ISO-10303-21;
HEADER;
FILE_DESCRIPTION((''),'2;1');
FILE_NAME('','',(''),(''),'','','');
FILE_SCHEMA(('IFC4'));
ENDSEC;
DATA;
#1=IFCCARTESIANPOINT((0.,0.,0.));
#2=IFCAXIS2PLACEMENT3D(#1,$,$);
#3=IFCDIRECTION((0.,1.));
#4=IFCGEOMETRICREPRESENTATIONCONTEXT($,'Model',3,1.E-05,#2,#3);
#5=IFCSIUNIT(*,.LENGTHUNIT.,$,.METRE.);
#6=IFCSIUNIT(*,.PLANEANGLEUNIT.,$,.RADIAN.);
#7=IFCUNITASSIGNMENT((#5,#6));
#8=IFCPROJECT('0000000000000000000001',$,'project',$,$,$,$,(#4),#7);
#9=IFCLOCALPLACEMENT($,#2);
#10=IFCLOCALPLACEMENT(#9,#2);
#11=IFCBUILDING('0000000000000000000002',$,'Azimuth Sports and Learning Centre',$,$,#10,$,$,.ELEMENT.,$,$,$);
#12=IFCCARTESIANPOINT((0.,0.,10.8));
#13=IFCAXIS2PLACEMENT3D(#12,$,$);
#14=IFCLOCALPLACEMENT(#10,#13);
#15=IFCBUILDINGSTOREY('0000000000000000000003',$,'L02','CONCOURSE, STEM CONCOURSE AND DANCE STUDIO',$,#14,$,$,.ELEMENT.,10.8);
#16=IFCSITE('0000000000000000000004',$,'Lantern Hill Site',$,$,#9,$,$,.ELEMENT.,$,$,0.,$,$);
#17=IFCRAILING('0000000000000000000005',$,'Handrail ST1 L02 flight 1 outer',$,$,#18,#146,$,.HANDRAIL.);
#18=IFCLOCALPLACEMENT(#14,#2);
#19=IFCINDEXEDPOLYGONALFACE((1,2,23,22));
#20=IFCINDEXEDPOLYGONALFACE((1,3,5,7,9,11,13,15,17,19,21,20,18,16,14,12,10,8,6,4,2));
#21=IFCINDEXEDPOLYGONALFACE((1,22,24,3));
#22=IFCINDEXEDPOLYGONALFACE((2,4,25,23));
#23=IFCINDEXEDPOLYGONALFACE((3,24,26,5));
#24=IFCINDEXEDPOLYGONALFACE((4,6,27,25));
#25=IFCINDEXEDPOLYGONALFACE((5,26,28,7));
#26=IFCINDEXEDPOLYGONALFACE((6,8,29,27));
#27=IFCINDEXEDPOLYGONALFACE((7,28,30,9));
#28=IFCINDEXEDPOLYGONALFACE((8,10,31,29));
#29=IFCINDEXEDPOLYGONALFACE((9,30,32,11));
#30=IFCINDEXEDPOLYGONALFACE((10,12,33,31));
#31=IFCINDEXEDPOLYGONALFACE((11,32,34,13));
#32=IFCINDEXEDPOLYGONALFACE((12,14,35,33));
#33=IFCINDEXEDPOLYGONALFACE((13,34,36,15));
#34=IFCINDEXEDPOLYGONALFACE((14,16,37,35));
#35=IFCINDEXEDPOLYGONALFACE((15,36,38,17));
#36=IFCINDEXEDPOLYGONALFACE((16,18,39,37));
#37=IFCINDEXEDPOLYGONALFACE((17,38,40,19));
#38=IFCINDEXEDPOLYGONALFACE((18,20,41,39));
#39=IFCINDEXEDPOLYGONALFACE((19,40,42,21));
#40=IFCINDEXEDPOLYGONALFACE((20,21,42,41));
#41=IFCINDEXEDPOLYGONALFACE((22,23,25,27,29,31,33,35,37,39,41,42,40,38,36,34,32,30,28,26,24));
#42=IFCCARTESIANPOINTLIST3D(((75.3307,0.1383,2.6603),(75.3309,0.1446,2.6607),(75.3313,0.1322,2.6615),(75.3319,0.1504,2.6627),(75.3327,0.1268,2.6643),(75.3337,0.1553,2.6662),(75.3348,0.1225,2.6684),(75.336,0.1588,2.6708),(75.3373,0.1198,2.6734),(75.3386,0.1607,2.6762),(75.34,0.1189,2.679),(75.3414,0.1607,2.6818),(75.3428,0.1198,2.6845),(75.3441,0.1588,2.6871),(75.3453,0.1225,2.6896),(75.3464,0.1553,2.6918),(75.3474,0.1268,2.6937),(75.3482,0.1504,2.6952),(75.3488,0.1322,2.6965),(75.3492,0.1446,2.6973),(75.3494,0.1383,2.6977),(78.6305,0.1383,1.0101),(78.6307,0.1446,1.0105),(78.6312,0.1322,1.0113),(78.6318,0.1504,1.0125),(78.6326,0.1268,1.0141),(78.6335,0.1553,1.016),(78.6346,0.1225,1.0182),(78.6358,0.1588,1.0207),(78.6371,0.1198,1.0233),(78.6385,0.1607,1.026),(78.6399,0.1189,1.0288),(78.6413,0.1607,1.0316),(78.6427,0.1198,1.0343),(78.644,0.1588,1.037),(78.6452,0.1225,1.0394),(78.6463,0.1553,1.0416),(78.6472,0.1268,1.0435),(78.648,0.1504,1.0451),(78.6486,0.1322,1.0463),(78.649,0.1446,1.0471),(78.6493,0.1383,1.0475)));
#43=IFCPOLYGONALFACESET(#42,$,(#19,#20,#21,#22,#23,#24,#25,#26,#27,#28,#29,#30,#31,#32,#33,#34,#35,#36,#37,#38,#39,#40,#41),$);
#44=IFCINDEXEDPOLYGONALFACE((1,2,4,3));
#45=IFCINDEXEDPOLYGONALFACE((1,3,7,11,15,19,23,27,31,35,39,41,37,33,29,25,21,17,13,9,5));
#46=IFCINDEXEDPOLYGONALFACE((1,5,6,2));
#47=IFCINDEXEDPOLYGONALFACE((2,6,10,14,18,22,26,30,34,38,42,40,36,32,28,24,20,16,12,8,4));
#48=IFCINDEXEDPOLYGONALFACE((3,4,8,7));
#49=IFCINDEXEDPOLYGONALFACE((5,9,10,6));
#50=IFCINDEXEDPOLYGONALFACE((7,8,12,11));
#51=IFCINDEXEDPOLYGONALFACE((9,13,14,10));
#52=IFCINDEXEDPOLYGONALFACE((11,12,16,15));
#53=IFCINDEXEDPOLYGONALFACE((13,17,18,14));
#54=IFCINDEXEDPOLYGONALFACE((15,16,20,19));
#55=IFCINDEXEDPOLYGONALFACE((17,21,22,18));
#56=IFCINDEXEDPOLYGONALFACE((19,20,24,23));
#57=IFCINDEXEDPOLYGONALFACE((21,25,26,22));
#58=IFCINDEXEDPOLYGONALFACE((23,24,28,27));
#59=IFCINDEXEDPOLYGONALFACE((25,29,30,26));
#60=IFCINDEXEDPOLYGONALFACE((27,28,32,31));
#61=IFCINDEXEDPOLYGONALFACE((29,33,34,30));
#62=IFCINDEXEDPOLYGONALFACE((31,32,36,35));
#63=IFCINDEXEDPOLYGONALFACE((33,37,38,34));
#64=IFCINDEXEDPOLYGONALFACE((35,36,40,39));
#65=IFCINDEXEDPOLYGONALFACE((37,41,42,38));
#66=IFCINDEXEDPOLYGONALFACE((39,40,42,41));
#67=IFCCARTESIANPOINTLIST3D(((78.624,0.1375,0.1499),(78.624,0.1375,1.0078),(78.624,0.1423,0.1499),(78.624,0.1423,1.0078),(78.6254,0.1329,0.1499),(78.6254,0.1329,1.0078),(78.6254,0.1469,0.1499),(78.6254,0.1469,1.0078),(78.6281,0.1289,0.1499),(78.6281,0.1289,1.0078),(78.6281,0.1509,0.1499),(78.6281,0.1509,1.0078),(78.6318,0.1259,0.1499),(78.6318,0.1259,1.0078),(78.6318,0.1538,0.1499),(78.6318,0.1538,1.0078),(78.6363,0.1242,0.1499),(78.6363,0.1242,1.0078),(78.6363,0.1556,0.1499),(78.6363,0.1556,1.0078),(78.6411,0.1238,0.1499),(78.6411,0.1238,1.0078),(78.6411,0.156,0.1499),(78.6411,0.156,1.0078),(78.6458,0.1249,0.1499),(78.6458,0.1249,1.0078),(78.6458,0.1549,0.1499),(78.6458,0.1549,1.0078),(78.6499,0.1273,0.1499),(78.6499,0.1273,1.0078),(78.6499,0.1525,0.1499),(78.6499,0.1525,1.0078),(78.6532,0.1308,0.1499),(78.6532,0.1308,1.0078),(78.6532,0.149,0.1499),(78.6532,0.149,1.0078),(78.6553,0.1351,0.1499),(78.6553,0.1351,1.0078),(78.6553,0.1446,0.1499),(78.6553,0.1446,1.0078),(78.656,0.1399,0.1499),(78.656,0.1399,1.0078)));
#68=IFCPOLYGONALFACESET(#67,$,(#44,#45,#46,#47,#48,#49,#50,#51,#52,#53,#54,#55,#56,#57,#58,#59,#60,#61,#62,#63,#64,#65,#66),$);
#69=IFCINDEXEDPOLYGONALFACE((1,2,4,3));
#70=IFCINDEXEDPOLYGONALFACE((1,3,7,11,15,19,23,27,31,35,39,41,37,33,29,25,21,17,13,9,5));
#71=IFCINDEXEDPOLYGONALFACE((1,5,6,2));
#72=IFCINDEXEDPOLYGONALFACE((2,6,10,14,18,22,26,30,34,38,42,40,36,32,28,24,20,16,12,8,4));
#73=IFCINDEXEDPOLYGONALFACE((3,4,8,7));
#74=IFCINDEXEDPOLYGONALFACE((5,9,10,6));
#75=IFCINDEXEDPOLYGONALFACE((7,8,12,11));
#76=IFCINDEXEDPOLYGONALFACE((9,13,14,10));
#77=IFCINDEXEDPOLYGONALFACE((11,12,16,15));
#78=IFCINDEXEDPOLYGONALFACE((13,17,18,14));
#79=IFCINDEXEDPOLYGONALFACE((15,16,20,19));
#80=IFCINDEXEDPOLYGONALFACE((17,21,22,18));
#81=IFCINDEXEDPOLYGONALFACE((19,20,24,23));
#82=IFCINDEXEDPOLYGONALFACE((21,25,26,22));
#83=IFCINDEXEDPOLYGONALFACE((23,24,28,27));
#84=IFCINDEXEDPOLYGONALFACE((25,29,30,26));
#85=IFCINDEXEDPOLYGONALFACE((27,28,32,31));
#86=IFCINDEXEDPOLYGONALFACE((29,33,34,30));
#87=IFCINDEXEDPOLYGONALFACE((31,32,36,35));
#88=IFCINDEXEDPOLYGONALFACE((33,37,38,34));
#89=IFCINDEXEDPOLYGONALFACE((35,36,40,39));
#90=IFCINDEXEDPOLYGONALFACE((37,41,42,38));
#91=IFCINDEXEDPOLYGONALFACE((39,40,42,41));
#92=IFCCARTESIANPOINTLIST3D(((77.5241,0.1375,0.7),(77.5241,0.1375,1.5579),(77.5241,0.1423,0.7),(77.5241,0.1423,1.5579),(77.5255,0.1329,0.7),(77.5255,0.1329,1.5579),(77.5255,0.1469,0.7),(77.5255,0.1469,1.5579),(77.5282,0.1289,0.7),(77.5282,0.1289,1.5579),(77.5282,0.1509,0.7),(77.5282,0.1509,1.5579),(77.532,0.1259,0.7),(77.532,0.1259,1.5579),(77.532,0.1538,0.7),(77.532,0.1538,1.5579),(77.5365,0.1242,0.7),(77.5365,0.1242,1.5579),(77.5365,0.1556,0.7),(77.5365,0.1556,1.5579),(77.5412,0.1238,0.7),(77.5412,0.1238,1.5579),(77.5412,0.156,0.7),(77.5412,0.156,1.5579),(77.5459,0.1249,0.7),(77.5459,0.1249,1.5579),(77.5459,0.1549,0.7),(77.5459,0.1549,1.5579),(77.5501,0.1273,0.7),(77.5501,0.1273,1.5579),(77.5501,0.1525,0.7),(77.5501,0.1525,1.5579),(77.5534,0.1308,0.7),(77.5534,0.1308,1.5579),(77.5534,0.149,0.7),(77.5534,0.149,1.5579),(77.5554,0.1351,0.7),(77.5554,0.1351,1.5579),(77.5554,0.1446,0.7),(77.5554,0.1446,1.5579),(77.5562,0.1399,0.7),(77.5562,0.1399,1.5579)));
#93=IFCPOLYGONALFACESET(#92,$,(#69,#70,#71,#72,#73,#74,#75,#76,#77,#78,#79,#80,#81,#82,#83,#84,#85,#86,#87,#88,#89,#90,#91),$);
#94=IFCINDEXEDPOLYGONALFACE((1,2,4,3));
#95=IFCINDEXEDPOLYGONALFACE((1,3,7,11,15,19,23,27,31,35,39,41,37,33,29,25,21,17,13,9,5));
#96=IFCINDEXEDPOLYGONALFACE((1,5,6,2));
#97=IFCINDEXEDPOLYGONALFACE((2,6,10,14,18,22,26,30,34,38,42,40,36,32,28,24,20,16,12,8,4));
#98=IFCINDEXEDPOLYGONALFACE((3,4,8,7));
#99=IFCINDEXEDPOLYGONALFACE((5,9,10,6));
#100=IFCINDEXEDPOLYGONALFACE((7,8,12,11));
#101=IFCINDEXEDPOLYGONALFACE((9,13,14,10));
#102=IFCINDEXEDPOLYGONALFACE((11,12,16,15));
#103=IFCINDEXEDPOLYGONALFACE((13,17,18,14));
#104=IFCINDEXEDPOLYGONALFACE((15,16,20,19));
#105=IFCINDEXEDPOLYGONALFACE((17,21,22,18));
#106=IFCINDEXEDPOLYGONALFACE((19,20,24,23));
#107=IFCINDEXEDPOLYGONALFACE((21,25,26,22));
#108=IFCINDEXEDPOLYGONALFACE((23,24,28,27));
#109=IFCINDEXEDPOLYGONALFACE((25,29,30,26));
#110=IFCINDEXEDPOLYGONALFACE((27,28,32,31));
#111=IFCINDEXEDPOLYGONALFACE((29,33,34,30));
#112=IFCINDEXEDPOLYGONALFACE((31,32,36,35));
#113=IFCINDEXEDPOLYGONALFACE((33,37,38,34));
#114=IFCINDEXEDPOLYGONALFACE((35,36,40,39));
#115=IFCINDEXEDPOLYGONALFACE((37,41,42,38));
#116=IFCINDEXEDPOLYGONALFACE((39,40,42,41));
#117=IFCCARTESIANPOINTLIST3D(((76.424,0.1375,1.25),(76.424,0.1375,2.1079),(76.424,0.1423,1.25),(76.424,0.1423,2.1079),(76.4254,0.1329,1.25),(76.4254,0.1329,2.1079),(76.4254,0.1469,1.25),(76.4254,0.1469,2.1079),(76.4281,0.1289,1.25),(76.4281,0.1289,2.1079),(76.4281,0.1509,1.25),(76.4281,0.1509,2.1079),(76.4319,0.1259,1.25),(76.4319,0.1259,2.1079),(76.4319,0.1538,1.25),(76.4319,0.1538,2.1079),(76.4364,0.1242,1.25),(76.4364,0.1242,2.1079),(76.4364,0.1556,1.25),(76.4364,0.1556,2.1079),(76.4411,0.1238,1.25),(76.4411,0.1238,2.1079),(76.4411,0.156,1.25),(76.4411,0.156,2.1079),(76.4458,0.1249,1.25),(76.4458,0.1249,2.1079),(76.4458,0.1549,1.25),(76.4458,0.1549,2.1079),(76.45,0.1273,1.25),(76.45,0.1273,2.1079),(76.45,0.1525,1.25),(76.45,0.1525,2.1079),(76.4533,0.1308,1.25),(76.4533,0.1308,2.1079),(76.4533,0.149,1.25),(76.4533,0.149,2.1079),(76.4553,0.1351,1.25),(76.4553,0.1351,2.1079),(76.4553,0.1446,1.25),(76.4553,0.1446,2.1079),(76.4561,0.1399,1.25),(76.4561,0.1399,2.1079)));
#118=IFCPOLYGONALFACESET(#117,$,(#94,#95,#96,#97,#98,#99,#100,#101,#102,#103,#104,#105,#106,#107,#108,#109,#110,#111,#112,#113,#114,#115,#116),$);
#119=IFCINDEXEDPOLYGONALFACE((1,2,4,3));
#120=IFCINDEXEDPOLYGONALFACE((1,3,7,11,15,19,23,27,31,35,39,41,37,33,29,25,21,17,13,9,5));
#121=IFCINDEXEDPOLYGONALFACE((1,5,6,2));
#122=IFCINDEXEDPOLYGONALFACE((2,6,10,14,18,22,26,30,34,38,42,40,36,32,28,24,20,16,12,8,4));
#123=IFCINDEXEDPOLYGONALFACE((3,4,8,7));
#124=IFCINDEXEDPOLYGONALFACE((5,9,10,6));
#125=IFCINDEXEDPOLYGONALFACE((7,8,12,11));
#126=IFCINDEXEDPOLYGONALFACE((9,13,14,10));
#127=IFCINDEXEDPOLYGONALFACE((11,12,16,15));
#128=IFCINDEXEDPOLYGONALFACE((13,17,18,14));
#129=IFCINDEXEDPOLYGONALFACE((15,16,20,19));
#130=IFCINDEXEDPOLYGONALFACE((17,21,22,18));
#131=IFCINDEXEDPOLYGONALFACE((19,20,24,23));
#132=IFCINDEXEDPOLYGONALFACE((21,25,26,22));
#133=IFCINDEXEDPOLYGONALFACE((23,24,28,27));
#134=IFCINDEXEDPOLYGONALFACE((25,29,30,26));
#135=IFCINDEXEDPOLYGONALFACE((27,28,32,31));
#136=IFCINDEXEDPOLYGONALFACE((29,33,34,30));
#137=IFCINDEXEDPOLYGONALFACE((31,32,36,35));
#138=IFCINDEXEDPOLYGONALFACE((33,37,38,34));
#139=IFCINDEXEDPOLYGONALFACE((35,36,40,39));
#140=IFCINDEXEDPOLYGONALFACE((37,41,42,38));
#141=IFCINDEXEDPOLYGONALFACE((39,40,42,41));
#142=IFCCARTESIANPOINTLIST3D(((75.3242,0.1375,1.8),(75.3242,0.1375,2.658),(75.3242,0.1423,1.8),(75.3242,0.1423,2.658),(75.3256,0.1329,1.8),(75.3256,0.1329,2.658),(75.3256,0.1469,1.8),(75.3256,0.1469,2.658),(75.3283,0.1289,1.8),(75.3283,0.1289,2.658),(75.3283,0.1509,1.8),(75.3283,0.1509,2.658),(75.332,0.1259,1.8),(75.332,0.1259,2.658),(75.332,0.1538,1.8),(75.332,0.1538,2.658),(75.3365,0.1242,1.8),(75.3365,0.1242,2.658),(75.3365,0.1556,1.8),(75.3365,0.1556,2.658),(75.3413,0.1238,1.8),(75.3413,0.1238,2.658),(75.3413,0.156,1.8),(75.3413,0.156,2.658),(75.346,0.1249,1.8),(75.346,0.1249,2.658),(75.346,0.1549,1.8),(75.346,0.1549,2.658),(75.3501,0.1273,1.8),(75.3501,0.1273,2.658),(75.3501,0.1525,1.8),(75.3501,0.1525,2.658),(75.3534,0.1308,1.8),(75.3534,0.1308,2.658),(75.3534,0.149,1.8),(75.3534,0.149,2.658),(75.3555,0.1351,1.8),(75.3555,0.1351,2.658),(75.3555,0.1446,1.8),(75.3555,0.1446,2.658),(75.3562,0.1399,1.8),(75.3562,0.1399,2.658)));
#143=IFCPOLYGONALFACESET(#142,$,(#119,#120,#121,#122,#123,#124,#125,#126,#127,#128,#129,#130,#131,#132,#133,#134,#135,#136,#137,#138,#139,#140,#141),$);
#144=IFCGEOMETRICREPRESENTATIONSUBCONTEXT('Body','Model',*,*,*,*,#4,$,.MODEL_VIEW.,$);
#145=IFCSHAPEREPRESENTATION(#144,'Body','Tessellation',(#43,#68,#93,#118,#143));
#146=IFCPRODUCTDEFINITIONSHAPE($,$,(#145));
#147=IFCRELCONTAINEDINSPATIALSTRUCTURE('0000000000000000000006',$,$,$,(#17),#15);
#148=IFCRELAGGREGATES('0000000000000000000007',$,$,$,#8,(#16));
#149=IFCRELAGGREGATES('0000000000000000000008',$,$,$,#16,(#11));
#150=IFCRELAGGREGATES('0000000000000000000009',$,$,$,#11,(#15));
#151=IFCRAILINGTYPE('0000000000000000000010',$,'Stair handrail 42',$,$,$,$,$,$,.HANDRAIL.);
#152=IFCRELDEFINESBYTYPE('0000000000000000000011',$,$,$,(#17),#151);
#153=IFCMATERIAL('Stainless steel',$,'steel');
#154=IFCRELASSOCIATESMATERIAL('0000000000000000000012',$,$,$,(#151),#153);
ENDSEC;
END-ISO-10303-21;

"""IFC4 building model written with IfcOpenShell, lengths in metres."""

from ifc_helpers import new_model, si_unit, direction, frame, origin, origin_2d, place, context, subcontext, project, spatial, circle, extrude, material, type_object, element, save


model = new_model("IFC4")

# Units and contexts
model_context = context("Model", 3, precision=1e-05, world=origin(), true_north=direction((0.0, 1.0)))
body_context = subcontext(model_context, "Body", "Model", "MODEL_VIEW")
ifc_project = project(units=[si_unit("LENGTHUNIT", "METRE"), si_unit("PLANEANGLEUNIT", "RADIAN")], contexts=[model_context])

# Site, building, storey
site_placement = place(None, origin())
site = spatial("IfcSite", under=ifc_project, at=site_placement, Name="Lantern Hill Site", CompositionType="ELEMENT", RefElevation=0.0)
building_placement = place(site_placement, origin())
building = spatial("IfcBuilding", under=site, at=building_placement, Name="Azimuth Sports and Learning Centre", CompositionType="ELEMENT")
storey_placement = place(building_placement, frame((0.0, 0.0, 10.8)))
storey = spatial("IfcBuildingStorey", under=building, at=storey_placement, Name="L02", Description="CONCOURSE, STEM CONCOURSE AND DANCE STUDIO", CompositionType="ELEMENT", Elevation=10.8)

# Railing
ifc_material_1 = material(Name="Stainless steel", Category="steel")
railing_type_1 = type_object("IfcRailingType", Name="Stair handrail 42", PredefinedType="HANDRAIL", material=ifc_material_1)
for number, where, name in (
    (1, (78.6399, 0.1399, 0.1499), "Handrail ST1 L02 flight 1 outer"),
):
    element("IfcRailing", number, at=place(storey_placement, frame(where)), inside=storey, type_object=railing_type_1, Name=name, PredefinedType="HANDRAIL", context=body_context, shape_type="SweptSolid", body=[
        extrude(circle(Radius=0.021, at=origin_2d()), frame((0.0, 0.0, 0.8789), z_axis=(-0.894401, 0.0, 0.447267), x_axis=(0.0, -1.0, 0.0)), (0.0, 0.0, 1.0), 3.6895),
        extrude(circle(Radius=0.0161, at=origin_2d()), origin(), (0.0, 0.0, 1.0), 0.8579),
        extrude(circle(Radius=0.0161, at=origin_2d()), frame((-1.0999, 0.0, 0.55)), (0.0, 0.0, 1.0), 0.8579),
        extrude(circle(Radius=0.0161, at=origin_2d()), frame((-2.2, 0.0, 1.1001)), (0.0, 0.0, 1.0), 0.8579),
        extrude(circle(Radius=0.0161, at=origin_2d()), frame((-3.2998, 0.0, 1.6501)), (0.0, 0.0, 1.0), 0.8579),
    ])

save(model, "model.ifc")
